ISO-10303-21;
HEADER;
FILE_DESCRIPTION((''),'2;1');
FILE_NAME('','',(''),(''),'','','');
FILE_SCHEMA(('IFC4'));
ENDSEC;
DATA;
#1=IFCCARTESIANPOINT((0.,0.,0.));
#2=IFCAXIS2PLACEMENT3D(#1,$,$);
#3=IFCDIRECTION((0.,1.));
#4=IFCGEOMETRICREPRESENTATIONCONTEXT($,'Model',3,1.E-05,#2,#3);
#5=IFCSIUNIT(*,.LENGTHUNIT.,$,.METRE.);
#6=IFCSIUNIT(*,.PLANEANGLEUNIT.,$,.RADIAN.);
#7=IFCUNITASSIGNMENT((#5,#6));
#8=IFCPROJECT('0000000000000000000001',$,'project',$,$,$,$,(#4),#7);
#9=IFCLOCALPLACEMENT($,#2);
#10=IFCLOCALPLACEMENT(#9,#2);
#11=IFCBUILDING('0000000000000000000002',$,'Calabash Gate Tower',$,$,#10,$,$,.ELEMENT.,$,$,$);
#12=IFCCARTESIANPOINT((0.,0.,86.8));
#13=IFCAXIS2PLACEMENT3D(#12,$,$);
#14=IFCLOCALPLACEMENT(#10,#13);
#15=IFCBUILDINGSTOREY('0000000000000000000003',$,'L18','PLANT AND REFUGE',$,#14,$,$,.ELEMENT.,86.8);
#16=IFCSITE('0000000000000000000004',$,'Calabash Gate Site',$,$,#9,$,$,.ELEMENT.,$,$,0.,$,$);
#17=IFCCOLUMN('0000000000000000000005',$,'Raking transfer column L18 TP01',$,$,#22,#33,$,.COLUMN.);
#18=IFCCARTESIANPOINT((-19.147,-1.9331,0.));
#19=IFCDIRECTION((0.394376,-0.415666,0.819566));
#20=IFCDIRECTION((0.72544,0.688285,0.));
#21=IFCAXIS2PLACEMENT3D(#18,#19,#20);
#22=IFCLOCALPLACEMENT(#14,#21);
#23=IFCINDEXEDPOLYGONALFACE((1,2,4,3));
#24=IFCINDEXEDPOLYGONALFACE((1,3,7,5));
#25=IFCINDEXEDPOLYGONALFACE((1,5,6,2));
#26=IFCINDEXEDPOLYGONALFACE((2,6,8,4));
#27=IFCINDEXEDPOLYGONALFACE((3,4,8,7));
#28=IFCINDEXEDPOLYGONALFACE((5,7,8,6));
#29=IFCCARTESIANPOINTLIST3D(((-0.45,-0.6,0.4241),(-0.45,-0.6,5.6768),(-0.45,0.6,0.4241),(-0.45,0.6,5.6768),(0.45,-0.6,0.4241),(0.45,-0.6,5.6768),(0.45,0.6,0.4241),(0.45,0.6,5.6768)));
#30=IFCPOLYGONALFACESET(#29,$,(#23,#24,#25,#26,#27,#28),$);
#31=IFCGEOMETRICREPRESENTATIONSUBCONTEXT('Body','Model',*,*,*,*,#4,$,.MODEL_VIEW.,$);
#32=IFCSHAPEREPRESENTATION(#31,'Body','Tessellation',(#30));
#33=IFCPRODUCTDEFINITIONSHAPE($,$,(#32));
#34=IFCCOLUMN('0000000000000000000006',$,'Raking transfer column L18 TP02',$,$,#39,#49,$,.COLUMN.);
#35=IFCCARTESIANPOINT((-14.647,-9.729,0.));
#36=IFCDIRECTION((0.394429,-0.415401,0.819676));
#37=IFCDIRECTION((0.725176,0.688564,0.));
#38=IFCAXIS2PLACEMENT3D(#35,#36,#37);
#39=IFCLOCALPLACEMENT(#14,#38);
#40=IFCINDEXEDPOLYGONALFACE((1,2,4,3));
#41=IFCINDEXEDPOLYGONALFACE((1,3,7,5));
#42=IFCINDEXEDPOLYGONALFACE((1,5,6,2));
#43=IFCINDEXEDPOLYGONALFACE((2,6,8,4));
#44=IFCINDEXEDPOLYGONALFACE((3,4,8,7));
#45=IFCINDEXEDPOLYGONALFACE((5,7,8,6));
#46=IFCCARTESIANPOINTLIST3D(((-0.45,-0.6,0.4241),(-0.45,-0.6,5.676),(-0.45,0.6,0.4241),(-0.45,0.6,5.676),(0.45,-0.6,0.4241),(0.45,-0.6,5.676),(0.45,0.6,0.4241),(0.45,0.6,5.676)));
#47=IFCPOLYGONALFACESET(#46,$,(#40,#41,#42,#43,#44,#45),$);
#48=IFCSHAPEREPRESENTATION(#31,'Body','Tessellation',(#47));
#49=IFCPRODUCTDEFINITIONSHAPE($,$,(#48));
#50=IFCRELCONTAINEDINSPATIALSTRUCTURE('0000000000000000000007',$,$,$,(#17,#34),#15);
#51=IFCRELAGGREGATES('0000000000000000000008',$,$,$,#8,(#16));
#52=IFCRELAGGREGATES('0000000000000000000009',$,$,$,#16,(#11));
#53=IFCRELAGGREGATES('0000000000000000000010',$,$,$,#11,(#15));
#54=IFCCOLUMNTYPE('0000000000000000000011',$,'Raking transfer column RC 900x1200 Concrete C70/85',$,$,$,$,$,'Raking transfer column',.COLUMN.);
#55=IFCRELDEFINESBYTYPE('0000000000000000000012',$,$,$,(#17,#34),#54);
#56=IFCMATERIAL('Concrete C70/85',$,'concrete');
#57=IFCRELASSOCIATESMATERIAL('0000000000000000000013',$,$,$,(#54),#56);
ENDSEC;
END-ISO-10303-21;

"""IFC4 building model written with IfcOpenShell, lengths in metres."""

from ifc_helpers import new_model, si_unit, direction, frame, origin, origin_2d, place, context, subcontext, project, spatial, rectangle, extrude, clip, halfspace, material, material_profile, profile_set, type_object, element, save


model = new_model("IFC4")

# Units and contexts
model_context = context("Model", 3, precision=1e-05, world=origin(), true_north=direction((0.0, 1.0)))
body_context = subcontext(model_context, "Body", "Model", "MODEL_VIEW")
ifc_project = project(units=[si_unit("LENGTHUNIT", "METRE"), si_unit("PLANEANGLEUNIT", "RADIAN")], contexts=[model_context])

# Site, building, storey
site_placement = place(None, origin())
site = spatial("IfcSite", under=ifc_project, at=site_placement, Name="Calabash Gate Site", CompositionType="ELEMENT", RefElevation=0.0)
building_placement = place(site_placement, origin())
building = spatial("IfcBuilding", under=site, at=building_placement, Name="Calabash Gate Tower", CompositionType="ELEMENT")
storey_placement = place(building_placement, frame((0.0, 0.0, 86.8)))
storey = spatial("IfcBuildingStorey", under=building, at=storey_placement, Name="L18", Description="PLANT AND REFUGE", CompositionType="ELEMENT", Elevation=86.8)

# Columns
ifc_material_1 = material(Name="Concrete C70/85", Category="concrete")
ifc_material_profile_1 = material_profile(ifc_material_1, rectangle(XDim=0.8999, YDim=1.2, at=origin_2d()))
ifc_profile_set_1 = profile_set([ifc_material_profile_1], Name="Concrete C70/85")
column_type = type_object("IfcColumnType", Name="Raking transfer column RC 900x1200 Concrete C70/85", ElementType="Raking transfer column", PredefinedType="COLUMN", material=ifc_profile_set_1)
column_1_placement = place(storey_placement, frame((-19.147, -1.9331, 0.0), z_axis=(0.394376, -0.415666, 0.819566), x_axis=(0.72544, 0.688285, 0.0)))
element("IfcColumn", 1, at=column_1_placement, inside=storey, type_object=column_type, Name="Raking transfer column L18 TP01", PredefinedType="COLUMN", context=body_context, shape_type="Clipping", body=[
    clip(clip(extrude(rectangle(XDim=0.8999, YDim=1.2, at=origin_2d()), origin(), (0.0, 0.0, 1.0), 6.1008), halfspace(frame((0.0, 0.0, 0.4241), z_axis=(0.0, 0.0, 1.0), x_axis=(1.0, 0.0, 0.0)), True)), halfspace(frame((0.0, 0.0, 5.6768), z_axis=(0.0, 0.0, 1.0), x_axis=(1.0, 0.0, 0.0)), False)),
])
column_2_placement = place(storey_placement, frame((-14.647, -9.729, 0.0), z_axis=(0.394429, -0.415401, 0.819676), x_axis=(0.725176, 0.688564, 0.0)))
element("IfcColumn", 2, at=column_2_placement, inside=storey, type_object=column_type, Name="Raking transfer column L18 TP02", PredefinedType="COLUMN", context=body_context, shape_type="Clipping", body=[
    clip(clip(extrude(rectangle(XDim=0.8999, YDim=1.2, at=origin_2d()), origin(), (0.0, 0.0, 1.0), 6.0999), halfspace(frame((0.0, 0.0, 0.4241), z_axis=(0.0, 0.0, 1.0), x_axis=(1.0, 0.0, 0.0)), True)), halfspace(frame((0.0, 0.0, 5.676), z_axis=(0.0, 0.0, 1.0), x_axis=(1.0, 0.0, 0.0)), False)),
])

save(model, "model.ifc")
